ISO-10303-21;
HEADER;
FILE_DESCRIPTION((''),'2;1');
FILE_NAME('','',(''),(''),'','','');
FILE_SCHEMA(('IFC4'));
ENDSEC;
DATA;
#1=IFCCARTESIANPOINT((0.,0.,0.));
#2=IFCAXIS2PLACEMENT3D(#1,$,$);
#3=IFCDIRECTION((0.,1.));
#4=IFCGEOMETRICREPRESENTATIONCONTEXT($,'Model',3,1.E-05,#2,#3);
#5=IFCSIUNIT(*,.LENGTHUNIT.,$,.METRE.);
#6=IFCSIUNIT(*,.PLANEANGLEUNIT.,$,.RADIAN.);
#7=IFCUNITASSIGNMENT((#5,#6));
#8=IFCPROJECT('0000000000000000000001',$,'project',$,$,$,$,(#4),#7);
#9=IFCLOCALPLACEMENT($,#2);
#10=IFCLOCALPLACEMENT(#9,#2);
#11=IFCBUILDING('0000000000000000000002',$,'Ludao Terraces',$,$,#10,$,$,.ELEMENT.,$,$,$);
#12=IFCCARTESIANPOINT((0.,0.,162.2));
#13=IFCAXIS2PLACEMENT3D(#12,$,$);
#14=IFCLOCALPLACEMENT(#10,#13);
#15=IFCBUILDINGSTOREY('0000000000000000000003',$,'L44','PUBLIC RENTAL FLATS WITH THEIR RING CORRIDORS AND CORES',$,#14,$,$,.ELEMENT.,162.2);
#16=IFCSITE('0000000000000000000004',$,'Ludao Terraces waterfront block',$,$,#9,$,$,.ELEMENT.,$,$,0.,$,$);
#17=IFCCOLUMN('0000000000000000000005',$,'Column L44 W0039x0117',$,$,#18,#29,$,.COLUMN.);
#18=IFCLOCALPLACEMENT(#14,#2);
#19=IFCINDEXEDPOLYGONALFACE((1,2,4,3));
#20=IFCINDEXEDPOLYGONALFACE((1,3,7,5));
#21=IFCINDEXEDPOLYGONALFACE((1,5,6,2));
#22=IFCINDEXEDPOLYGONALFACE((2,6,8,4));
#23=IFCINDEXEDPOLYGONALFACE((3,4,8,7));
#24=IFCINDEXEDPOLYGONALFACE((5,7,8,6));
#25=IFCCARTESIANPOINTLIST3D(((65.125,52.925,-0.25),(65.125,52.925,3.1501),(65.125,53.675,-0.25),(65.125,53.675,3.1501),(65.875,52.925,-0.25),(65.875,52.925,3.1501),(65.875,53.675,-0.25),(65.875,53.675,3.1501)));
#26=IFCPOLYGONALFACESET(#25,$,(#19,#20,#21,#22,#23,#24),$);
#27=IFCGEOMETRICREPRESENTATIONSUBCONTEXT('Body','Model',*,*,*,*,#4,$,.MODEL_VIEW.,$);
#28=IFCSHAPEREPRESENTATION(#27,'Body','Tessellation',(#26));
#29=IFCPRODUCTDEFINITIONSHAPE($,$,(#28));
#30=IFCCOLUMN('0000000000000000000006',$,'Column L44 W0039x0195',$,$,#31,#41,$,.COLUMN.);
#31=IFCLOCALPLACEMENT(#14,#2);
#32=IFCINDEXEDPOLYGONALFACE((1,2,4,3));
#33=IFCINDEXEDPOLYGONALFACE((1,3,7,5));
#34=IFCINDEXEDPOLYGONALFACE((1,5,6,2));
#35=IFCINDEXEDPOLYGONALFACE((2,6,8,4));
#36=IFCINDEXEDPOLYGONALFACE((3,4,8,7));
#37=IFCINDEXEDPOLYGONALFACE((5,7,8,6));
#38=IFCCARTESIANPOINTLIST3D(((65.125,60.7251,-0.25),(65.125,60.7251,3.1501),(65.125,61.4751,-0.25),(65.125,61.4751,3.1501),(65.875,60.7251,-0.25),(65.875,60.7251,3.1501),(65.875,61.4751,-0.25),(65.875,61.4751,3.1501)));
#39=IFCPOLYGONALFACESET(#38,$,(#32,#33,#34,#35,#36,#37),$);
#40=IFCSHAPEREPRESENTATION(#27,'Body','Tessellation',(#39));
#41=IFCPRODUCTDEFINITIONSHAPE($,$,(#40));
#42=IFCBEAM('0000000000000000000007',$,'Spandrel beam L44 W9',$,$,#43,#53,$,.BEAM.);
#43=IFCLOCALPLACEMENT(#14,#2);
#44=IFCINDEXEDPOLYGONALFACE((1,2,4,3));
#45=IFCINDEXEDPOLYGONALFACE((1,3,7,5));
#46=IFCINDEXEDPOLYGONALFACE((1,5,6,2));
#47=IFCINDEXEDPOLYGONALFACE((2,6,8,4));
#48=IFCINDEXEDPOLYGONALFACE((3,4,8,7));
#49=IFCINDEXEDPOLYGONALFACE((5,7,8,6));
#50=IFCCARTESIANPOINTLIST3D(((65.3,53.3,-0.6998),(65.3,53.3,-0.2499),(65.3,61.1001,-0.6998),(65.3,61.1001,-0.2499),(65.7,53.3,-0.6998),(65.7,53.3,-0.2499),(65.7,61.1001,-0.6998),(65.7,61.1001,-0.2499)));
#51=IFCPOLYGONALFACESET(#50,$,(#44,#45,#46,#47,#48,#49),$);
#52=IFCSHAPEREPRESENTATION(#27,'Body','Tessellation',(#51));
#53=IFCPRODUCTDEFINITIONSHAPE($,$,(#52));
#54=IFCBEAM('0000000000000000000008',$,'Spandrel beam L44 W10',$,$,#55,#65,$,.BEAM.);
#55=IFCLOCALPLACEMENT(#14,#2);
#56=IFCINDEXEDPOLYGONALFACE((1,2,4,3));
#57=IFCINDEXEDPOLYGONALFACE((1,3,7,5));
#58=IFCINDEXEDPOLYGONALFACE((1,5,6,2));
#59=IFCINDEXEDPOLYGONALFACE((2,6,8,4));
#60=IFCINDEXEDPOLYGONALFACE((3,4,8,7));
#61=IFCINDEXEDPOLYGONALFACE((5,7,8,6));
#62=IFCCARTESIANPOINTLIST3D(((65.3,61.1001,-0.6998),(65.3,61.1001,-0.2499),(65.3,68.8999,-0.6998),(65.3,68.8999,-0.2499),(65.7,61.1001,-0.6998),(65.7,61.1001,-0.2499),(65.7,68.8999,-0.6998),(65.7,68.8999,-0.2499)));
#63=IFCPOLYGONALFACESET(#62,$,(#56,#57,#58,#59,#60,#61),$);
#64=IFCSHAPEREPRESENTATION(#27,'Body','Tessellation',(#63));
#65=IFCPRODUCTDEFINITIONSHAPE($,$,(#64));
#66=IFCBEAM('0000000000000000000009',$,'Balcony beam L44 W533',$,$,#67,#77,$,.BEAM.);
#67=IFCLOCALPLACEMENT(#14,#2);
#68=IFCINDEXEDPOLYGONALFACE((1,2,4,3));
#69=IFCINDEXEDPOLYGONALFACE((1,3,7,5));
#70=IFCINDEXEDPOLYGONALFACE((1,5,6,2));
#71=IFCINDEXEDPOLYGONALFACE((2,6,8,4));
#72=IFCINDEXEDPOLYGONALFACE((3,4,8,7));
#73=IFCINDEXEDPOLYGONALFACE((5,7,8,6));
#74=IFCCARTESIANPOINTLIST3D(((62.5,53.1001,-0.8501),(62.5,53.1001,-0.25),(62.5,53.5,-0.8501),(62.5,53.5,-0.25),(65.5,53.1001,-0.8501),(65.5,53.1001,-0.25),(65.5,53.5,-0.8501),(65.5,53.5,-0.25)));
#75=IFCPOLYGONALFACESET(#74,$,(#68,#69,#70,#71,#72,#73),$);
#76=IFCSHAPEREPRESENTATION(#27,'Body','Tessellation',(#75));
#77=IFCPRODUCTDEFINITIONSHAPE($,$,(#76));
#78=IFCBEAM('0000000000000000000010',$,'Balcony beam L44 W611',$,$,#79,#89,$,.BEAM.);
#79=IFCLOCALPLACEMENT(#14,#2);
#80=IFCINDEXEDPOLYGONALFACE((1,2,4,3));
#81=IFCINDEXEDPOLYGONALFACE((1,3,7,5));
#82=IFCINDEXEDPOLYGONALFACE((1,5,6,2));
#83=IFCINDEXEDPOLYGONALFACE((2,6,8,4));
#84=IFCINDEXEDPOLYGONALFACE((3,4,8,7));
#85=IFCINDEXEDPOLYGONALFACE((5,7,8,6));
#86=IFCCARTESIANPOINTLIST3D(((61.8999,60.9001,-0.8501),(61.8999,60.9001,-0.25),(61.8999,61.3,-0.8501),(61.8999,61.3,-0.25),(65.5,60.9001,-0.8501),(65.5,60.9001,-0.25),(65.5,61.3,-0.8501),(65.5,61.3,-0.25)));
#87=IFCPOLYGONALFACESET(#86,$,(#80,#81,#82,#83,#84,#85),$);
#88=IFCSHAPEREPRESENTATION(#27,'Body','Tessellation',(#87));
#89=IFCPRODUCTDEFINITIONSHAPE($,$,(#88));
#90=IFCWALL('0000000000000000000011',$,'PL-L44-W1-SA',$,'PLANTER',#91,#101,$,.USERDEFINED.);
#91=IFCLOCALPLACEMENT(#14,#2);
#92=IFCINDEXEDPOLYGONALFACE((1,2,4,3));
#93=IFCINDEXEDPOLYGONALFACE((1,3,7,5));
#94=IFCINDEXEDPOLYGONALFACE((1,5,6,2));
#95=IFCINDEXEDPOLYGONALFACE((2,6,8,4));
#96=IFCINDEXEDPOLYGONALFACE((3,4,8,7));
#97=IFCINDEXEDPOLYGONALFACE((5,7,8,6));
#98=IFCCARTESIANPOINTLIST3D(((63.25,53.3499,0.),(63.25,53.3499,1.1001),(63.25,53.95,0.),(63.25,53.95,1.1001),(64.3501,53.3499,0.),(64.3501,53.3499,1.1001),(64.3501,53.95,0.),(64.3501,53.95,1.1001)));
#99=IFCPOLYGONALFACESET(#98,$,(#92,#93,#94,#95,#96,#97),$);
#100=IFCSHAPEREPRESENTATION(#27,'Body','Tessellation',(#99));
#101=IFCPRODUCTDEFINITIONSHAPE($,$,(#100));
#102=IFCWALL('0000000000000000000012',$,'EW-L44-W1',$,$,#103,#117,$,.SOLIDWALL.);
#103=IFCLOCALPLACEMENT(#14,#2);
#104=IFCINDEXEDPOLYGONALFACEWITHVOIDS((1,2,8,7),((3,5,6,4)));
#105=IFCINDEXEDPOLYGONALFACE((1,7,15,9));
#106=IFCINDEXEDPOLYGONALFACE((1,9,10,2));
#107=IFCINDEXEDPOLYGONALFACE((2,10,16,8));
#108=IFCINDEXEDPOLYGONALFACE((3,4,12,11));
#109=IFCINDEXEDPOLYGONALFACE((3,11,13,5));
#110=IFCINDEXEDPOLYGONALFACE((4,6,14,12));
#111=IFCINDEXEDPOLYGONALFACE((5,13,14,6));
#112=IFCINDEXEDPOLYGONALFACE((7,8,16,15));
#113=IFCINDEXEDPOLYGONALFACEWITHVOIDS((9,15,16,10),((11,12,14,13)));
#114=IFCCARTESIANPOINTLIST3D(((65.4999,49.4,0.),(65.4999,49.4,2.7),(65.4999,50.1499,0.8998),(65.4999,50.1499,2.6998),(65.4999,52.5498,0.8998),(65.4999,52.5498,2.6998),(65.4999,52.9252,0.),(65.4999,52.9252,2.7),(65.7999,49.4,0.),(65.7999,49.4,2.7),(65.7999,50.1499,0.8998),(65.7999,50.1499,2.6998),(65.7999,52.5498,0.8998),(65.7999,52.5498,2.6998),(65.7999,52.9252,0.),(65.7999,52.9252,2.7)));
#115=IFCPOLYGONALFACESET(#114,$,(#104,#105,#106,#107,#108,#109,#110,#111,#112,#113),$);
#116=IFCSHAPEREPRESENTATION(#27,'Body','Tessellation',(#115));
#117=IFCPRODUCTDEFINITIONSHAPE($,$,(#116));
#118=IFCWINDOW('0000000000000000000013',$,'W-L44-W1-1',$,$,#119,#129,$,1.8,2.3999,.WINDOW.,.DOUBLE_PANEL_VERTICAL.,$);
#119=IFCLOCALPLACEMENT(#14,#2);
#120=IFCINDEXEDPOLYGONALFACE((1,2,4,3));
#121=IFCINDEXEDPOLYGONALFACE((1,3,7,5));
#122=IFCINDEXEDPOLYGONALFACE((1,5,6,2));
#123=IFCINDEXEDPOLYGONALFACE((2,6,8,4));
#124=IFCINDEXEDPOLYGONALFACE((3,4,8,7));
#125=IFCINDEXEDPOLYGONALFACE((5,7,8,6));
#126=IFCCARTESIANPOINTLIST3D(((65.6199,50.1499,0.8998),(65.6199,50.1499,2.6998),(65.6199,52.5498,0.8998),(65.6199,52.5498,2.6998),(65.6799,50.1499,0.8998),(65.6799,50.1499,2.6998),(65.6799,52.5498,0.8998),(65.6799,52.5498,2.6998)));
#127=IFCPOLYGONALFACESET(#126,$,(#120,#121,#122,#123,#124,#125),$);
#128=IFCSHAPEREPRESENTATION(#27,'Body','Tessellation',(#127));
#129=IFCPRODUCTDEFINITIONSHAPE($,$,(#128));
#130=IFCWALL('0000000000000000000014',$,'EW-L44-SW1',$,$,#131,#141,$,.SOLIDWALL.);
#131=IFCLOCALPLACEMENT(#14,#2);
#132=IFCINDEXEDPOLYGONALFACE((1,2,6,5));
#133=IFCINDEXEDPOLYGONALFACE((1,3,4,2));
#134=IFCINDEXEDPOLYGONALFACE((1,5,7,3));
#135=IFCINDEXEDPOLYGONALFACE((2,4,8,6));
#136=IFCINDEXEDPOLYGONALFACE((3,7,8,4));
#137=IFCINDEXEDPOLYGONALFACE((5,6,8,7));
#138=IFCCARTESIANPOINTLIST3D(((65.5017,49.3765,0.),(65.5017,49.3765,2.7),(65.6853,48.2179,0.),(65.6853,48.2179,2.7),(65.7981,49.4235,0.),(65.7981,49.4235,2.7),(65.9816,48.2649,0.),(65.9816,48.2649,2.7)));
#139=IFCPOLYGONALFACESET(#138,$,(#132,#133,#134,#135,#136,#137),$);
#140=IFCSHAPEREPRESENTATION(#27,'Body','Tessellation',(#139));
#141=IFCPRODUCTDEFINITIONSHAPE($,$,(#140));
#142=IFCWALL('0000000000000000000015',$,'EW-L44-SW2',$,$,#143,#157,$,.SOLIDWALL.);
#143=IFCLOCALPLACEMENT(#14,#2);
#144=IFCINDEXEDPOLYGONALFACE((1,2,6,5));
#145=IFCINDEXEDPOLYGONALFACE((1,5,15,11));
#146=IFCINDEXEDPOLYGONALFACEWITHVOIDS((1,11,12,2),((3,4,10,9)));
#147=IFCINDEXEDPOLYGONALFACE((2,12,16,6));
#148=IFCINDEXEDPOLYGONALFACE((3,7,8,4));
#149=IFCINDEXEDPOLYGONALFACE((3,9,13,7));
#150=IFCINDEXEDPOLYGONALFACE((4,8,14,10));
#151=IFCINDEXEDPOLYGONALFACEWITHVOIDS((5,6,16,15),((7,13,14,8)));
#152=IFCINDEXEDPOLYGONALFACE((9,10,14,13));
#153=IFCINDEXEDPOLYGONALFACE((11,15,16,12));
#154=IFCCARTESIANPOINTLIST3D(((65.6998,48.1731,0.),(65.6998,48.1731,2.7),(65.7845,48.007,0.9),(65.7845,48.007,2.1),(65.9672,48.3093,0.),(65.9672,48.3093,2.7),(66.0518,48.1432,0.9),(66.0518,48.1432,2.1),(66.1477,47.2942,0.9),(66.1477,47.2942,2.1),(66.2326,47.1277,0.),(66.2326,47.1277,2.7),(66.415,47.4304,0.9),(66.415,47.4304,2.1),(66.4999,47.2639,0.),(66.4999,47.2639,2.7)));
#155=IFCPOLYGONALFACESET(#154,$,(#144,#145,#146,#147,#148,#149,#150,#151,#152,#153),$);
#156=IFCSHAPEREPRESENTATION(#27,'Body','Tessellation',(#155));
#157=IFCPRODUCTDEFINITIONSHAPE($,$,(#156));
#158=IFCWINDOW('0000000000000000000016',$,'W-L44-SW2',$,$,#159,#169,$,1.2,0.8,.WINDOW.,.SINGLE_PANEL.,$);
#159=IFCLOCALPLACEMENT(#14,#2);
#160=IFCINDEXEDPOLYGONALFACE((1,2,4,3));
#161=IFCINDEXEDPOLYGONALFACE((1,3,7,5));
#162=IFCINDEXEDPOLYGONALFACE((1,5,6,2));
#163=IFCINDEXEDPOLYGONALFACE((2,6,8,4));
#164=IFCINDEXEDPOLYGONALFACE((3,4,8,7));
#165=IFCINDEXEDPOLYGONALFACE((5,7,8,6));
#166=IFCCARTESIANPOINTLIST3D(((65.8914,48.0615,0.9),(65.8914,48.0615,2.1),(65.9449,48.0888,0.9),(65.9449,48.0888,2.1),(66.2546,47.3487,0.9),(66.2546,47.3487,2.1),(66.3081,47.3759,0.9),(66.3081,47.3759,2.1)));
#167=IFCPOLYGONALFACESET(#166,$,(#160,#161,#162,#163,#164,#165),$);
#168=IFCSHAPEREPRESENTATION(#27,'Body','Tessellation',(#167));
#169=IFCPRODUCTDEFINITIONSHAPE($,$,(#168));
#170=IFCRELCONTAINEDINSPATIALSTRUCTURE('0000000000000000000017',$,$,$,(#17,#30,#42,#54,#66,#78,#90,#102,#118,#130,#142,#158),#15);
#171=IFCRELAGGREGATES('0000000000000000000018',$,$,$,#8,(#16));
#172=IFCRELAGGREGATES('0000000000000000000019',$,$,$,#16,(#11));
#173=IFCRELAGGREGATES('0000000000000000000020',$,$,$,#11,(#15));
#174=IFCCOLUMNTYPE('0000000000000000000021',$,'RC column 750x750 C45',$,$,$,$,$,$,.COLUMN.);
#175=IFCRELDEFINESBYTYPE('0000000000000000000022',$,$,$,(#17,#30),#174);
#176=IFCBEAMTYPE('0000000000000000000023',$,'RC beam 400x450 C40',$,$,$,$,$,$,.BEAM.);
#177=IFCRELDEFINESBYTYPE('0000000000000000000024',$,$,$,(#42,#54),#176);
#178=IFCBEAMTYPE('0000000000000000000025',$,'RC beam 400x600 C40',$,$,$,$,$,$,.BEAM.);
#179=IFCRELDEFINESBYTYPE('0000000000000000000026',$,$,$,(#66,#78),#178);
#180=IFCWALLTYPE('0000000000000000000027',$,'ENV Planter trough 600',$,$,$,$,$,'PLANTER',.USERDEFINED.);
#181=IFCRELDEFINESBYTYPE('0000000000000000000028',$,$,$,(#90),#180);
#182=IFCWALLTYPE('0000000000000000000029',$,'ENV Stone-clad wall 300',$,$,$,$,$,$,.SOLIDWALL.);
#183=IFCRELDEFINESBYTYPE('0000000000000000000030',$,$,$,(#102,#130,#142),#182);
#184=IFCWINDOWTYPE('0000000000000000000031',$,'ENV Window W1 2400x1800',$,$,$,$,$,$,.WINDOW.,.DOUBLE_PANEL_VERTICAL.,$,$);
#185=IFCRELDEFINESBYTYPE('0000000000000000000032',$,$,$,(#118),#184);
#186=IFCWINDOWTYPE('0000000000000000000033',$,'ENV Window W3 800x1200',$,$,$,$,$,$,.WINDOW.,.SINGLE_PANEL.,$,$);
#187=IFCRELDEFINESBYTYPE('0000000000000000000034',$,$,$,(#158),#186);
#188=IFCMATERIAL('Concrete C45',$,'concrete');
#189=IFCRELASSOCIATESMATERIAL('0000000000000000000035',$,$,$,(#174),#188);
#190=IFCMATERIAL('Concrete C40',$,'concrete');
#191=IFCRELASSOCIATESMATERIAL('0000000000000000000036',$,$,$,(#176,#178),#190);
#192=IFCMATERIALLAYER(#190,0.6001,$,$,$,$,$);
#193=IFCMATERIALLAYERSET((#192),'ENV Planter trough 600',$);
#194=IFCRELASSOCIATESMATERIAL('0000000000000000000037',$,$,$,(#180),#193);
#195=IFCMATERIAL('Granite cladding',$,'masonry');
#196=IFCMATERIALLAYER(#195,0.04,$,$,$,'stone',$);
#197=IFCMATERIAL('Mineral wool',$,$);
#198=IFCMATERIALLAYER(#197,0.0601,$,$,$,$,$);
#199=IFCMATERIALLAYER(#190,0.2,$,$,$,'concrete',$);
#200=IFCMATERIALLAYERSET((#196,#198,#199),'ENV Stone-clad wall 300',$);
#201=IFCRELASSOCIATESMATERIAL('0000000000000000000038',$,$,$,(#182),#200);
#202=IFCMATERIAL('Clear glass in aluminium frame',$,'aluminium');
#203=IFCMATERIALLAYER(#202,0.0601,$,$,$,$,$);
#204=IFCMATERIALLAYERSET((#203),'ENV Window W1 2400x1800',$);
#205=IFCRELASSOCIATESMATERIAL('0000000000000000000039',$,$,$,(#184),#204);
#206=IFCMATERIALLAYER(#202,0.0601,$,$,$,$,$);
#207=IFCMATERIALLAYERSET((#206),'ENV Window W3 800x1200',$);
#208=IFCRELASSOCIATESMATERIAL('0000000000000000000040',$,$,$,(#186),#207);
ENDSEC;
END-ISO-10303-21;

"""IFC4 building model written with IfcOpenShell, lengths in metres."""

from ifc_helpers import new_model, si_unit, direction, frame, frame_2d, origin, origin_2d, place, context, subcontext, project, spatial, rectangle, extrude, material, layer, layer_set, material_profile, profile_set, type_object, element, fill, save


model = new_model("IFC4")

# Units and contexts
model_context = context("Model", 3, precision=1e-05, world=origin(), true_north=direction((0.0, 1.0)))
body_context = subcontext(model_context, "Body", "Model", "MODEL_VIEW")
ifc_project = project(units=[si_unit("LENGTHUNIT", "METRE"), si_unit("PLANEANGLEUNIT", "RADIAN")], contexts=[model_context])

# Site, building, storey
site_placement = place(None, origin())
site = spatial("IfcSite", under=ifc_project, at=site_placement, Name="Ludao Terraces waterfront block", CompositionType="ELEMENT", RefElevation=0.0)
building_placement = place(site_placement, origin())
building = spatial("IfcBuilding", under=site, at=building_placement, Name="Ludao Terraces", CompositionType="ELEMENT")
storey_placement = place(building_placement, frame((0.0, 0.0, 162.2)))
storey = spatial("IfcBuildingStorey", under=building, at=storey_placement, Name="L44", Description="PUBLIC RENTAL FLATS WITH THEIR RING CORRIDORS AND CORES", CompositionType="ELEMENT", Elevation=162.2)

# Columns
ifc_material_1 = material(Name="Concrete C45", Category="concrete")
ifc_material_profile_1 = material_profile(ifc_material_1, rectangle(XDim=0.75, YDim=0.75, at=origin_2d()), Name="750 X 750")
ifc_profile_set_1 = profile_set([ifc_material_profile_1], Name="Concrete C45")
column_type = type_object("IfcColumnType", Name="RC column 750x750 C45", PredefinedType="COLUMN", material=ifc_profile_set_1)
for number, where, z_axis, x_axis, name in (
    (1, (65.5, 53.3, -0.25), (0.0, 0.0, 1.0), (1.0, 0.0, 0.0), "Column L44 W0039x0117"),
    (2, (65.5, 61.1001, -0.25), (0.0, 0.0, 1.0), (1.0, 0.0, 0.0), "Column L44 W0039x0195"),
):
    element("IfcColumn", number, at=place(storey_placement, frame(where, z_axis=z_axis, x_axis=x_axis)), inside=storey, type_object=column_type, Name=name, PredefinedType="COLUMN", context=body_context, shape_type="SweptSolid", body=[
        extrude(rectangle(XDim=0.75, YDim=0.75, at=origin_2d()), origin(), (0.0, 0.0, 1.0), 3.4001),
    ])

# Beams
ifc_material_2 = material(Name="Concrete C40", Category="concrete")
ifc_material_profile_2 = material_profile(ifc_material_2, rectangle(XDim=0.3999, YDim=0.45, at=origin_2d()), Name="400 X 450")
ifc_profile_set_2 = profile_set([ifc_material_profile_2], Name="Concrete C40")
beam_type_1 = type_object("IfcBeamType", Name="RC beam 400x450 C40", PredefinedType="BEAM", material=ifc_profile_set_2)
beam_1_placement = place(storey_placement, frame((65.5, 53.3, -0.4749), z_axis=(0.0, 1.0, 0.0), x_axis=(-1.0, 0.0, 0.0)))
element("IfcBeam", 3, at=beam_1_placement, inside=storey, type_object=beam_type_1, Name="Spandrel beam L44 W9", PredefinedType="BEAM", context=body_context, shape_type="SweptSolid", body=[
    extrude(rectangle(XDim=0.3999, YDim=0.45, at=origin_2d()), origin(), (0.0, 0.0, 1.0), 7.8),
])
beam_2_placement = place(storey_placement, frame((65.5, 61.1001, -0.4749), z_axis=(0.0, 1.0, 0.0), x_axis=(-1.0, 0.0, 0.0)))
element("IfcBeam", 4, at=beam_2_placement, inside=storey, type_object=beam_type_1, Name="Spandrel beam L44 W10", PredefinedType="BEAM", context=body_context, shape_type="SweptSolid", body=[
    extrude(rectangle(XDim=0.3999, YDim=0.45, at=origin_2d()), origin(), (0.0, 0.0, 1.0), 7.7998),
])
ifc_material_profile_3 = material_profile(ifc_material_2, rectangle(XDim=0.3999, YDim=0.6001, at=origin_2d()), Name="400 X 600")
ifc_profile_set_3 = profile_set([ifc_material_profile_3], Name="Concrete C40")
beam_type_2 = type_object("IfcBeamType", Name="RC beam 400x600 C40", PredefinedType="BEAM", material=ifc_profile_set_3)
beam_3_placement = place(storey_placement, frame((65.5, 53.3, -0.55), z_axis=(-1.0, 0.0, 0.0), x_axis=(0.0, -1.0, 0.0)))
element("IfcBeam", 5, at=beam_3_placement, inside=storey, type_object=beam_type_2, Name="Balcony beam L44 W533", PredefinedType="BEAM", context=body_context, shape_type="SweptSolid", body=[
    extrude(rectangle(XDim=0.3999, YDim=0.6001, at=origin_2d()), origin(), (0.0, 0.0, 1.0), 3.0),
])
beam_4_placement = place(storey_placement, frame((65.5, 61.1001, -0.55), z_axis=(-1.0, 0.0, 0.0), x_axis=(0.0, -1.0, 0.0)))
element("IfcBeam", 6, at=beam_4_placement, inside=storey, type_object=beam_type_2, Name="Balcony beam L44 W611", PredefinedType="BEAM", context=body_context, shape_type="SweptSolid", body=[
    extrude(rectangle(XDim=0.3999, YDim=0.6001, at=origin_2d()), origin(), (0.0, 0.0, 1.0), 3.6001),
])

# Wall
ifc_layer_1 = layer(ifc_material_2, 0.6001)
ifc_layer_set_1 = layer_set([ifc_layer_1], Name="ENV Planter trough 600")
wall_type_1 = type_object("IfcWallType", Name="ENV Planter trough 600", ElementType="PLANTER", PredefinedType="USERDEFINED", material=ifc_layer_set_1)
wall_1_placement = place(storey_placement, frame((63.25, 53.6499, 0.0), z_axis=(0.0, 0.0, 1.0), x_axis=(1.0, 0.0, 0.0)))
element("IfcWall", 7, at=wall_1_placement, inside=storey, type_object=wall_type_1, Name="PL-L44-W1-SA", ObjectType="PLANTER", PredefinedType="USERDEFINED", context=body_context, shape_type="SweptSolid", body=[
    extrude(rectangle(XDim=1.1001, YDim=0.6001, at=frame_2d((0.55, 0.0))), origin(), (0.0, 0.0, 1.0), 1.1001),
])

# Wall, opening, window
ifc_material_3 = material(Name="Granite cladding", Category="masonry")
ifc_layer_2 = layer(ifc_material_3, 0.04, Category="stone")
ifc_material_4 = material(Name="Mineral wool")
ifc_layer_3 = layer(ifc_material_4, 0.0601)
ifc_layer_4 = layer(ifc_material_2, 0.2, Category="concrete")
ifc_layer_set_2 = layer_set([ifc_layer_2, ifc_layer_3, ifc_layer_4], Name="ENV Stone-clad wall 300")
wall_type_2 = type_object("IfcWallType", Name="ENV Stone-clad wall 300", PredefinedType="SOLIDWALL", material=ifc_layer_set_2)
wall_2_placement = place(storey_placement, frame((65.6499, 49.3999, 0.0), z_axis=(0.0, 0.0, 1.0), x_axis=(0.0, 1.0, 0.0)))
wall_2 = element("IfcWall", 8, at=wall_2_placement, inside=storey, type_object=wall_type_2, Name="EW-L44-W1", PredefinedType="SOLIDWALL", context=body_context, shape_type="SweptSolid", body=[
    extrude(rectangle(XDim=3.5251, YDim=0.3, at=frame_2d((1.7627, 0.0))), origin(), (0.0, 0.0, 1.0), 2.7),
])
opening_1_placement = place(wall_2_placement, frame((0.75, 0.0, 0.8999)))
opening_1 = element("IfcOpeningElement", 9, at=opening_1_placement, cuts=wall_2, PredefinedType="OPENING", context=body_context, shape_type="SweptSolid", body=[
    extrude(rectangle(XDim=2.3999, YDim=1.8, at=frame_2d((1.2, 0.8999))), frame((0.0, 0.1602, 0.0), z_axis=(0.0, -1.0, 0.0), x_axis=(1.0, 0.0, 0.0)), (0.0, 0.0, 1.0), 0.3201),
])
ifc_material_5 = material(Name="Clear glass in aluminium frame", Category="aluminium")
ifc_layer_5 = layer(ifc_material_5, 0.0601)
ifc_layer_set_3 = layer_set([ifc_layer_5], Name="ENV Window W1 2400x1800")
window_type_1 = type_object("IfcWindowType", Name="ENV Window W1 2400x1800", PartitioningType="DOUBLE_PANEL_VERTICAL", PredefinedType="WINDOW", material=ifc_layer_set_3)
window_1_placement = place(opening_1_placement, origin())
window_1 = element("IfcWindow", 10, at=window_1_placement, inside=storey, type_object=window_type_1, Name="W-L44-W1-1", OverallHeight=1.8, OverallWidth=2.3999, PartitioningType="DOUBLE_PANEL_VERTICAL", PredefinedType="WINDOW", context=body_context, shape_type="SweptSolid", body=[
    extrude(rectangle(XDim=2.3999, YDim=1.8, at=frame_2d((1.2, 0.8999))), frame((0.0, 0.03, 0.0), z_axis=(0.0, -1.0, 0.0), x_axis=(1.0, 0.0, 0.0)), (0.0, 0.0, 1.0), 0.0601),
])
fill(opening_1, window_1)

# Wall
wall_3_placement = place(storey_placement, frame((65.6499, 49.3999, 0.0), z_axis=(0.0, 0.0, 1.0), x_axis=(0.156497, -0.987678, 0.0)))
element("IfcWall", 11, at=wall_3_placement, inside=storey, type_object=wall_type_2, Name="EW-L44-SW1", PredefinedType="SOLIDWALL", context=body_context, shape_type="SweptSolid", body=[
    extrude(rectangle(XDim=1.1731, YDim=0.3, at=frame_2d((0.5864, 0.0))), origin(), (0.0, 0.0, 1.0), 2.7),
])

# Wall, opening, window
wall_4_placement = place(storey_placement, frame((65.8335, 48.2412, 0.0), z_axis=(0.0, 0.0, 1.0), x_axis=(0.454026, -0.890989, 0.0)))
wall_4 = element("IfcWall", 12, at=wall_4_placement, inside=storey, type_object=wall_type_2, Name="EW-L44-SW2", PredefinedType="SOLIDWALL", context=body_context, shape_type="SweptSolid", body=[
    extrude(rectangle(XDim=1.1733, YDim=0.3, at=frame_2d((0.5867, 0.0))), origin(), (0.0, 0.0, 1.0), 2.7),
])
opening_2_placement = place(wall_4_placement, frame((0.1865, 0.0, 0.8999)))
opening_2 = element("IfcOpeningElement", 13, at=opening_2_placement, cuts=wall_4, PredefinedType="OPENING", context=body_context, shape_type="SweptSolid", body=[
    extrude(rectangle(XDim=0.8, YDim=1.2, at=frame_2d((0.3999, 0.6001))), frame((0.0, 0.1602, 0.0), z_axis=(0.0, -1.0, 0.0), x_axis=(1.0, 0.0, 0.0)), (0.0, 0.0, 1.0), 0.3201),
])
ifc_layer_6 = layer(ifc_material_5, 0.0601)
ifc_layer_set_4 = layer_set([ifc_layer_6], Name="ENV Window W3 800x1200")
window_type_2 = type_object("IfcWindowType", Name="ENV Window W3 800x1200", PartitioningType="SINGLE_PANEL", PredefinedType="WINDOW", material=ifc_layer_set_4)
window_2_placement = place(opening_2_placement, origin())
window_2 = element("IfcWindow", 14, at=window_2_placement, inside=storey, type_object=window_type_2, Name="W-L44-SW2", OverallHeight=1.2, OverallWidth=0.8, PartitioningType="SINGLE_PANEL", PredefinedType="WINDOW", context=body_context, shape_type="SweptSolid", body=[
    extrude(rectangle(XDim=0.8, YDim=1.2, at=frame_2d((0.3999, 0.6001))), frame((0.0, 0.03, 0.0), z_axis=(0.0, -1.0, 0.0), x_axis=(1.0, 0.0, 0.0)), (0.0, 0.0, 1.0), 0.0601),
])
fill(opening_2, window_2)

save(model, "model.ifc")
